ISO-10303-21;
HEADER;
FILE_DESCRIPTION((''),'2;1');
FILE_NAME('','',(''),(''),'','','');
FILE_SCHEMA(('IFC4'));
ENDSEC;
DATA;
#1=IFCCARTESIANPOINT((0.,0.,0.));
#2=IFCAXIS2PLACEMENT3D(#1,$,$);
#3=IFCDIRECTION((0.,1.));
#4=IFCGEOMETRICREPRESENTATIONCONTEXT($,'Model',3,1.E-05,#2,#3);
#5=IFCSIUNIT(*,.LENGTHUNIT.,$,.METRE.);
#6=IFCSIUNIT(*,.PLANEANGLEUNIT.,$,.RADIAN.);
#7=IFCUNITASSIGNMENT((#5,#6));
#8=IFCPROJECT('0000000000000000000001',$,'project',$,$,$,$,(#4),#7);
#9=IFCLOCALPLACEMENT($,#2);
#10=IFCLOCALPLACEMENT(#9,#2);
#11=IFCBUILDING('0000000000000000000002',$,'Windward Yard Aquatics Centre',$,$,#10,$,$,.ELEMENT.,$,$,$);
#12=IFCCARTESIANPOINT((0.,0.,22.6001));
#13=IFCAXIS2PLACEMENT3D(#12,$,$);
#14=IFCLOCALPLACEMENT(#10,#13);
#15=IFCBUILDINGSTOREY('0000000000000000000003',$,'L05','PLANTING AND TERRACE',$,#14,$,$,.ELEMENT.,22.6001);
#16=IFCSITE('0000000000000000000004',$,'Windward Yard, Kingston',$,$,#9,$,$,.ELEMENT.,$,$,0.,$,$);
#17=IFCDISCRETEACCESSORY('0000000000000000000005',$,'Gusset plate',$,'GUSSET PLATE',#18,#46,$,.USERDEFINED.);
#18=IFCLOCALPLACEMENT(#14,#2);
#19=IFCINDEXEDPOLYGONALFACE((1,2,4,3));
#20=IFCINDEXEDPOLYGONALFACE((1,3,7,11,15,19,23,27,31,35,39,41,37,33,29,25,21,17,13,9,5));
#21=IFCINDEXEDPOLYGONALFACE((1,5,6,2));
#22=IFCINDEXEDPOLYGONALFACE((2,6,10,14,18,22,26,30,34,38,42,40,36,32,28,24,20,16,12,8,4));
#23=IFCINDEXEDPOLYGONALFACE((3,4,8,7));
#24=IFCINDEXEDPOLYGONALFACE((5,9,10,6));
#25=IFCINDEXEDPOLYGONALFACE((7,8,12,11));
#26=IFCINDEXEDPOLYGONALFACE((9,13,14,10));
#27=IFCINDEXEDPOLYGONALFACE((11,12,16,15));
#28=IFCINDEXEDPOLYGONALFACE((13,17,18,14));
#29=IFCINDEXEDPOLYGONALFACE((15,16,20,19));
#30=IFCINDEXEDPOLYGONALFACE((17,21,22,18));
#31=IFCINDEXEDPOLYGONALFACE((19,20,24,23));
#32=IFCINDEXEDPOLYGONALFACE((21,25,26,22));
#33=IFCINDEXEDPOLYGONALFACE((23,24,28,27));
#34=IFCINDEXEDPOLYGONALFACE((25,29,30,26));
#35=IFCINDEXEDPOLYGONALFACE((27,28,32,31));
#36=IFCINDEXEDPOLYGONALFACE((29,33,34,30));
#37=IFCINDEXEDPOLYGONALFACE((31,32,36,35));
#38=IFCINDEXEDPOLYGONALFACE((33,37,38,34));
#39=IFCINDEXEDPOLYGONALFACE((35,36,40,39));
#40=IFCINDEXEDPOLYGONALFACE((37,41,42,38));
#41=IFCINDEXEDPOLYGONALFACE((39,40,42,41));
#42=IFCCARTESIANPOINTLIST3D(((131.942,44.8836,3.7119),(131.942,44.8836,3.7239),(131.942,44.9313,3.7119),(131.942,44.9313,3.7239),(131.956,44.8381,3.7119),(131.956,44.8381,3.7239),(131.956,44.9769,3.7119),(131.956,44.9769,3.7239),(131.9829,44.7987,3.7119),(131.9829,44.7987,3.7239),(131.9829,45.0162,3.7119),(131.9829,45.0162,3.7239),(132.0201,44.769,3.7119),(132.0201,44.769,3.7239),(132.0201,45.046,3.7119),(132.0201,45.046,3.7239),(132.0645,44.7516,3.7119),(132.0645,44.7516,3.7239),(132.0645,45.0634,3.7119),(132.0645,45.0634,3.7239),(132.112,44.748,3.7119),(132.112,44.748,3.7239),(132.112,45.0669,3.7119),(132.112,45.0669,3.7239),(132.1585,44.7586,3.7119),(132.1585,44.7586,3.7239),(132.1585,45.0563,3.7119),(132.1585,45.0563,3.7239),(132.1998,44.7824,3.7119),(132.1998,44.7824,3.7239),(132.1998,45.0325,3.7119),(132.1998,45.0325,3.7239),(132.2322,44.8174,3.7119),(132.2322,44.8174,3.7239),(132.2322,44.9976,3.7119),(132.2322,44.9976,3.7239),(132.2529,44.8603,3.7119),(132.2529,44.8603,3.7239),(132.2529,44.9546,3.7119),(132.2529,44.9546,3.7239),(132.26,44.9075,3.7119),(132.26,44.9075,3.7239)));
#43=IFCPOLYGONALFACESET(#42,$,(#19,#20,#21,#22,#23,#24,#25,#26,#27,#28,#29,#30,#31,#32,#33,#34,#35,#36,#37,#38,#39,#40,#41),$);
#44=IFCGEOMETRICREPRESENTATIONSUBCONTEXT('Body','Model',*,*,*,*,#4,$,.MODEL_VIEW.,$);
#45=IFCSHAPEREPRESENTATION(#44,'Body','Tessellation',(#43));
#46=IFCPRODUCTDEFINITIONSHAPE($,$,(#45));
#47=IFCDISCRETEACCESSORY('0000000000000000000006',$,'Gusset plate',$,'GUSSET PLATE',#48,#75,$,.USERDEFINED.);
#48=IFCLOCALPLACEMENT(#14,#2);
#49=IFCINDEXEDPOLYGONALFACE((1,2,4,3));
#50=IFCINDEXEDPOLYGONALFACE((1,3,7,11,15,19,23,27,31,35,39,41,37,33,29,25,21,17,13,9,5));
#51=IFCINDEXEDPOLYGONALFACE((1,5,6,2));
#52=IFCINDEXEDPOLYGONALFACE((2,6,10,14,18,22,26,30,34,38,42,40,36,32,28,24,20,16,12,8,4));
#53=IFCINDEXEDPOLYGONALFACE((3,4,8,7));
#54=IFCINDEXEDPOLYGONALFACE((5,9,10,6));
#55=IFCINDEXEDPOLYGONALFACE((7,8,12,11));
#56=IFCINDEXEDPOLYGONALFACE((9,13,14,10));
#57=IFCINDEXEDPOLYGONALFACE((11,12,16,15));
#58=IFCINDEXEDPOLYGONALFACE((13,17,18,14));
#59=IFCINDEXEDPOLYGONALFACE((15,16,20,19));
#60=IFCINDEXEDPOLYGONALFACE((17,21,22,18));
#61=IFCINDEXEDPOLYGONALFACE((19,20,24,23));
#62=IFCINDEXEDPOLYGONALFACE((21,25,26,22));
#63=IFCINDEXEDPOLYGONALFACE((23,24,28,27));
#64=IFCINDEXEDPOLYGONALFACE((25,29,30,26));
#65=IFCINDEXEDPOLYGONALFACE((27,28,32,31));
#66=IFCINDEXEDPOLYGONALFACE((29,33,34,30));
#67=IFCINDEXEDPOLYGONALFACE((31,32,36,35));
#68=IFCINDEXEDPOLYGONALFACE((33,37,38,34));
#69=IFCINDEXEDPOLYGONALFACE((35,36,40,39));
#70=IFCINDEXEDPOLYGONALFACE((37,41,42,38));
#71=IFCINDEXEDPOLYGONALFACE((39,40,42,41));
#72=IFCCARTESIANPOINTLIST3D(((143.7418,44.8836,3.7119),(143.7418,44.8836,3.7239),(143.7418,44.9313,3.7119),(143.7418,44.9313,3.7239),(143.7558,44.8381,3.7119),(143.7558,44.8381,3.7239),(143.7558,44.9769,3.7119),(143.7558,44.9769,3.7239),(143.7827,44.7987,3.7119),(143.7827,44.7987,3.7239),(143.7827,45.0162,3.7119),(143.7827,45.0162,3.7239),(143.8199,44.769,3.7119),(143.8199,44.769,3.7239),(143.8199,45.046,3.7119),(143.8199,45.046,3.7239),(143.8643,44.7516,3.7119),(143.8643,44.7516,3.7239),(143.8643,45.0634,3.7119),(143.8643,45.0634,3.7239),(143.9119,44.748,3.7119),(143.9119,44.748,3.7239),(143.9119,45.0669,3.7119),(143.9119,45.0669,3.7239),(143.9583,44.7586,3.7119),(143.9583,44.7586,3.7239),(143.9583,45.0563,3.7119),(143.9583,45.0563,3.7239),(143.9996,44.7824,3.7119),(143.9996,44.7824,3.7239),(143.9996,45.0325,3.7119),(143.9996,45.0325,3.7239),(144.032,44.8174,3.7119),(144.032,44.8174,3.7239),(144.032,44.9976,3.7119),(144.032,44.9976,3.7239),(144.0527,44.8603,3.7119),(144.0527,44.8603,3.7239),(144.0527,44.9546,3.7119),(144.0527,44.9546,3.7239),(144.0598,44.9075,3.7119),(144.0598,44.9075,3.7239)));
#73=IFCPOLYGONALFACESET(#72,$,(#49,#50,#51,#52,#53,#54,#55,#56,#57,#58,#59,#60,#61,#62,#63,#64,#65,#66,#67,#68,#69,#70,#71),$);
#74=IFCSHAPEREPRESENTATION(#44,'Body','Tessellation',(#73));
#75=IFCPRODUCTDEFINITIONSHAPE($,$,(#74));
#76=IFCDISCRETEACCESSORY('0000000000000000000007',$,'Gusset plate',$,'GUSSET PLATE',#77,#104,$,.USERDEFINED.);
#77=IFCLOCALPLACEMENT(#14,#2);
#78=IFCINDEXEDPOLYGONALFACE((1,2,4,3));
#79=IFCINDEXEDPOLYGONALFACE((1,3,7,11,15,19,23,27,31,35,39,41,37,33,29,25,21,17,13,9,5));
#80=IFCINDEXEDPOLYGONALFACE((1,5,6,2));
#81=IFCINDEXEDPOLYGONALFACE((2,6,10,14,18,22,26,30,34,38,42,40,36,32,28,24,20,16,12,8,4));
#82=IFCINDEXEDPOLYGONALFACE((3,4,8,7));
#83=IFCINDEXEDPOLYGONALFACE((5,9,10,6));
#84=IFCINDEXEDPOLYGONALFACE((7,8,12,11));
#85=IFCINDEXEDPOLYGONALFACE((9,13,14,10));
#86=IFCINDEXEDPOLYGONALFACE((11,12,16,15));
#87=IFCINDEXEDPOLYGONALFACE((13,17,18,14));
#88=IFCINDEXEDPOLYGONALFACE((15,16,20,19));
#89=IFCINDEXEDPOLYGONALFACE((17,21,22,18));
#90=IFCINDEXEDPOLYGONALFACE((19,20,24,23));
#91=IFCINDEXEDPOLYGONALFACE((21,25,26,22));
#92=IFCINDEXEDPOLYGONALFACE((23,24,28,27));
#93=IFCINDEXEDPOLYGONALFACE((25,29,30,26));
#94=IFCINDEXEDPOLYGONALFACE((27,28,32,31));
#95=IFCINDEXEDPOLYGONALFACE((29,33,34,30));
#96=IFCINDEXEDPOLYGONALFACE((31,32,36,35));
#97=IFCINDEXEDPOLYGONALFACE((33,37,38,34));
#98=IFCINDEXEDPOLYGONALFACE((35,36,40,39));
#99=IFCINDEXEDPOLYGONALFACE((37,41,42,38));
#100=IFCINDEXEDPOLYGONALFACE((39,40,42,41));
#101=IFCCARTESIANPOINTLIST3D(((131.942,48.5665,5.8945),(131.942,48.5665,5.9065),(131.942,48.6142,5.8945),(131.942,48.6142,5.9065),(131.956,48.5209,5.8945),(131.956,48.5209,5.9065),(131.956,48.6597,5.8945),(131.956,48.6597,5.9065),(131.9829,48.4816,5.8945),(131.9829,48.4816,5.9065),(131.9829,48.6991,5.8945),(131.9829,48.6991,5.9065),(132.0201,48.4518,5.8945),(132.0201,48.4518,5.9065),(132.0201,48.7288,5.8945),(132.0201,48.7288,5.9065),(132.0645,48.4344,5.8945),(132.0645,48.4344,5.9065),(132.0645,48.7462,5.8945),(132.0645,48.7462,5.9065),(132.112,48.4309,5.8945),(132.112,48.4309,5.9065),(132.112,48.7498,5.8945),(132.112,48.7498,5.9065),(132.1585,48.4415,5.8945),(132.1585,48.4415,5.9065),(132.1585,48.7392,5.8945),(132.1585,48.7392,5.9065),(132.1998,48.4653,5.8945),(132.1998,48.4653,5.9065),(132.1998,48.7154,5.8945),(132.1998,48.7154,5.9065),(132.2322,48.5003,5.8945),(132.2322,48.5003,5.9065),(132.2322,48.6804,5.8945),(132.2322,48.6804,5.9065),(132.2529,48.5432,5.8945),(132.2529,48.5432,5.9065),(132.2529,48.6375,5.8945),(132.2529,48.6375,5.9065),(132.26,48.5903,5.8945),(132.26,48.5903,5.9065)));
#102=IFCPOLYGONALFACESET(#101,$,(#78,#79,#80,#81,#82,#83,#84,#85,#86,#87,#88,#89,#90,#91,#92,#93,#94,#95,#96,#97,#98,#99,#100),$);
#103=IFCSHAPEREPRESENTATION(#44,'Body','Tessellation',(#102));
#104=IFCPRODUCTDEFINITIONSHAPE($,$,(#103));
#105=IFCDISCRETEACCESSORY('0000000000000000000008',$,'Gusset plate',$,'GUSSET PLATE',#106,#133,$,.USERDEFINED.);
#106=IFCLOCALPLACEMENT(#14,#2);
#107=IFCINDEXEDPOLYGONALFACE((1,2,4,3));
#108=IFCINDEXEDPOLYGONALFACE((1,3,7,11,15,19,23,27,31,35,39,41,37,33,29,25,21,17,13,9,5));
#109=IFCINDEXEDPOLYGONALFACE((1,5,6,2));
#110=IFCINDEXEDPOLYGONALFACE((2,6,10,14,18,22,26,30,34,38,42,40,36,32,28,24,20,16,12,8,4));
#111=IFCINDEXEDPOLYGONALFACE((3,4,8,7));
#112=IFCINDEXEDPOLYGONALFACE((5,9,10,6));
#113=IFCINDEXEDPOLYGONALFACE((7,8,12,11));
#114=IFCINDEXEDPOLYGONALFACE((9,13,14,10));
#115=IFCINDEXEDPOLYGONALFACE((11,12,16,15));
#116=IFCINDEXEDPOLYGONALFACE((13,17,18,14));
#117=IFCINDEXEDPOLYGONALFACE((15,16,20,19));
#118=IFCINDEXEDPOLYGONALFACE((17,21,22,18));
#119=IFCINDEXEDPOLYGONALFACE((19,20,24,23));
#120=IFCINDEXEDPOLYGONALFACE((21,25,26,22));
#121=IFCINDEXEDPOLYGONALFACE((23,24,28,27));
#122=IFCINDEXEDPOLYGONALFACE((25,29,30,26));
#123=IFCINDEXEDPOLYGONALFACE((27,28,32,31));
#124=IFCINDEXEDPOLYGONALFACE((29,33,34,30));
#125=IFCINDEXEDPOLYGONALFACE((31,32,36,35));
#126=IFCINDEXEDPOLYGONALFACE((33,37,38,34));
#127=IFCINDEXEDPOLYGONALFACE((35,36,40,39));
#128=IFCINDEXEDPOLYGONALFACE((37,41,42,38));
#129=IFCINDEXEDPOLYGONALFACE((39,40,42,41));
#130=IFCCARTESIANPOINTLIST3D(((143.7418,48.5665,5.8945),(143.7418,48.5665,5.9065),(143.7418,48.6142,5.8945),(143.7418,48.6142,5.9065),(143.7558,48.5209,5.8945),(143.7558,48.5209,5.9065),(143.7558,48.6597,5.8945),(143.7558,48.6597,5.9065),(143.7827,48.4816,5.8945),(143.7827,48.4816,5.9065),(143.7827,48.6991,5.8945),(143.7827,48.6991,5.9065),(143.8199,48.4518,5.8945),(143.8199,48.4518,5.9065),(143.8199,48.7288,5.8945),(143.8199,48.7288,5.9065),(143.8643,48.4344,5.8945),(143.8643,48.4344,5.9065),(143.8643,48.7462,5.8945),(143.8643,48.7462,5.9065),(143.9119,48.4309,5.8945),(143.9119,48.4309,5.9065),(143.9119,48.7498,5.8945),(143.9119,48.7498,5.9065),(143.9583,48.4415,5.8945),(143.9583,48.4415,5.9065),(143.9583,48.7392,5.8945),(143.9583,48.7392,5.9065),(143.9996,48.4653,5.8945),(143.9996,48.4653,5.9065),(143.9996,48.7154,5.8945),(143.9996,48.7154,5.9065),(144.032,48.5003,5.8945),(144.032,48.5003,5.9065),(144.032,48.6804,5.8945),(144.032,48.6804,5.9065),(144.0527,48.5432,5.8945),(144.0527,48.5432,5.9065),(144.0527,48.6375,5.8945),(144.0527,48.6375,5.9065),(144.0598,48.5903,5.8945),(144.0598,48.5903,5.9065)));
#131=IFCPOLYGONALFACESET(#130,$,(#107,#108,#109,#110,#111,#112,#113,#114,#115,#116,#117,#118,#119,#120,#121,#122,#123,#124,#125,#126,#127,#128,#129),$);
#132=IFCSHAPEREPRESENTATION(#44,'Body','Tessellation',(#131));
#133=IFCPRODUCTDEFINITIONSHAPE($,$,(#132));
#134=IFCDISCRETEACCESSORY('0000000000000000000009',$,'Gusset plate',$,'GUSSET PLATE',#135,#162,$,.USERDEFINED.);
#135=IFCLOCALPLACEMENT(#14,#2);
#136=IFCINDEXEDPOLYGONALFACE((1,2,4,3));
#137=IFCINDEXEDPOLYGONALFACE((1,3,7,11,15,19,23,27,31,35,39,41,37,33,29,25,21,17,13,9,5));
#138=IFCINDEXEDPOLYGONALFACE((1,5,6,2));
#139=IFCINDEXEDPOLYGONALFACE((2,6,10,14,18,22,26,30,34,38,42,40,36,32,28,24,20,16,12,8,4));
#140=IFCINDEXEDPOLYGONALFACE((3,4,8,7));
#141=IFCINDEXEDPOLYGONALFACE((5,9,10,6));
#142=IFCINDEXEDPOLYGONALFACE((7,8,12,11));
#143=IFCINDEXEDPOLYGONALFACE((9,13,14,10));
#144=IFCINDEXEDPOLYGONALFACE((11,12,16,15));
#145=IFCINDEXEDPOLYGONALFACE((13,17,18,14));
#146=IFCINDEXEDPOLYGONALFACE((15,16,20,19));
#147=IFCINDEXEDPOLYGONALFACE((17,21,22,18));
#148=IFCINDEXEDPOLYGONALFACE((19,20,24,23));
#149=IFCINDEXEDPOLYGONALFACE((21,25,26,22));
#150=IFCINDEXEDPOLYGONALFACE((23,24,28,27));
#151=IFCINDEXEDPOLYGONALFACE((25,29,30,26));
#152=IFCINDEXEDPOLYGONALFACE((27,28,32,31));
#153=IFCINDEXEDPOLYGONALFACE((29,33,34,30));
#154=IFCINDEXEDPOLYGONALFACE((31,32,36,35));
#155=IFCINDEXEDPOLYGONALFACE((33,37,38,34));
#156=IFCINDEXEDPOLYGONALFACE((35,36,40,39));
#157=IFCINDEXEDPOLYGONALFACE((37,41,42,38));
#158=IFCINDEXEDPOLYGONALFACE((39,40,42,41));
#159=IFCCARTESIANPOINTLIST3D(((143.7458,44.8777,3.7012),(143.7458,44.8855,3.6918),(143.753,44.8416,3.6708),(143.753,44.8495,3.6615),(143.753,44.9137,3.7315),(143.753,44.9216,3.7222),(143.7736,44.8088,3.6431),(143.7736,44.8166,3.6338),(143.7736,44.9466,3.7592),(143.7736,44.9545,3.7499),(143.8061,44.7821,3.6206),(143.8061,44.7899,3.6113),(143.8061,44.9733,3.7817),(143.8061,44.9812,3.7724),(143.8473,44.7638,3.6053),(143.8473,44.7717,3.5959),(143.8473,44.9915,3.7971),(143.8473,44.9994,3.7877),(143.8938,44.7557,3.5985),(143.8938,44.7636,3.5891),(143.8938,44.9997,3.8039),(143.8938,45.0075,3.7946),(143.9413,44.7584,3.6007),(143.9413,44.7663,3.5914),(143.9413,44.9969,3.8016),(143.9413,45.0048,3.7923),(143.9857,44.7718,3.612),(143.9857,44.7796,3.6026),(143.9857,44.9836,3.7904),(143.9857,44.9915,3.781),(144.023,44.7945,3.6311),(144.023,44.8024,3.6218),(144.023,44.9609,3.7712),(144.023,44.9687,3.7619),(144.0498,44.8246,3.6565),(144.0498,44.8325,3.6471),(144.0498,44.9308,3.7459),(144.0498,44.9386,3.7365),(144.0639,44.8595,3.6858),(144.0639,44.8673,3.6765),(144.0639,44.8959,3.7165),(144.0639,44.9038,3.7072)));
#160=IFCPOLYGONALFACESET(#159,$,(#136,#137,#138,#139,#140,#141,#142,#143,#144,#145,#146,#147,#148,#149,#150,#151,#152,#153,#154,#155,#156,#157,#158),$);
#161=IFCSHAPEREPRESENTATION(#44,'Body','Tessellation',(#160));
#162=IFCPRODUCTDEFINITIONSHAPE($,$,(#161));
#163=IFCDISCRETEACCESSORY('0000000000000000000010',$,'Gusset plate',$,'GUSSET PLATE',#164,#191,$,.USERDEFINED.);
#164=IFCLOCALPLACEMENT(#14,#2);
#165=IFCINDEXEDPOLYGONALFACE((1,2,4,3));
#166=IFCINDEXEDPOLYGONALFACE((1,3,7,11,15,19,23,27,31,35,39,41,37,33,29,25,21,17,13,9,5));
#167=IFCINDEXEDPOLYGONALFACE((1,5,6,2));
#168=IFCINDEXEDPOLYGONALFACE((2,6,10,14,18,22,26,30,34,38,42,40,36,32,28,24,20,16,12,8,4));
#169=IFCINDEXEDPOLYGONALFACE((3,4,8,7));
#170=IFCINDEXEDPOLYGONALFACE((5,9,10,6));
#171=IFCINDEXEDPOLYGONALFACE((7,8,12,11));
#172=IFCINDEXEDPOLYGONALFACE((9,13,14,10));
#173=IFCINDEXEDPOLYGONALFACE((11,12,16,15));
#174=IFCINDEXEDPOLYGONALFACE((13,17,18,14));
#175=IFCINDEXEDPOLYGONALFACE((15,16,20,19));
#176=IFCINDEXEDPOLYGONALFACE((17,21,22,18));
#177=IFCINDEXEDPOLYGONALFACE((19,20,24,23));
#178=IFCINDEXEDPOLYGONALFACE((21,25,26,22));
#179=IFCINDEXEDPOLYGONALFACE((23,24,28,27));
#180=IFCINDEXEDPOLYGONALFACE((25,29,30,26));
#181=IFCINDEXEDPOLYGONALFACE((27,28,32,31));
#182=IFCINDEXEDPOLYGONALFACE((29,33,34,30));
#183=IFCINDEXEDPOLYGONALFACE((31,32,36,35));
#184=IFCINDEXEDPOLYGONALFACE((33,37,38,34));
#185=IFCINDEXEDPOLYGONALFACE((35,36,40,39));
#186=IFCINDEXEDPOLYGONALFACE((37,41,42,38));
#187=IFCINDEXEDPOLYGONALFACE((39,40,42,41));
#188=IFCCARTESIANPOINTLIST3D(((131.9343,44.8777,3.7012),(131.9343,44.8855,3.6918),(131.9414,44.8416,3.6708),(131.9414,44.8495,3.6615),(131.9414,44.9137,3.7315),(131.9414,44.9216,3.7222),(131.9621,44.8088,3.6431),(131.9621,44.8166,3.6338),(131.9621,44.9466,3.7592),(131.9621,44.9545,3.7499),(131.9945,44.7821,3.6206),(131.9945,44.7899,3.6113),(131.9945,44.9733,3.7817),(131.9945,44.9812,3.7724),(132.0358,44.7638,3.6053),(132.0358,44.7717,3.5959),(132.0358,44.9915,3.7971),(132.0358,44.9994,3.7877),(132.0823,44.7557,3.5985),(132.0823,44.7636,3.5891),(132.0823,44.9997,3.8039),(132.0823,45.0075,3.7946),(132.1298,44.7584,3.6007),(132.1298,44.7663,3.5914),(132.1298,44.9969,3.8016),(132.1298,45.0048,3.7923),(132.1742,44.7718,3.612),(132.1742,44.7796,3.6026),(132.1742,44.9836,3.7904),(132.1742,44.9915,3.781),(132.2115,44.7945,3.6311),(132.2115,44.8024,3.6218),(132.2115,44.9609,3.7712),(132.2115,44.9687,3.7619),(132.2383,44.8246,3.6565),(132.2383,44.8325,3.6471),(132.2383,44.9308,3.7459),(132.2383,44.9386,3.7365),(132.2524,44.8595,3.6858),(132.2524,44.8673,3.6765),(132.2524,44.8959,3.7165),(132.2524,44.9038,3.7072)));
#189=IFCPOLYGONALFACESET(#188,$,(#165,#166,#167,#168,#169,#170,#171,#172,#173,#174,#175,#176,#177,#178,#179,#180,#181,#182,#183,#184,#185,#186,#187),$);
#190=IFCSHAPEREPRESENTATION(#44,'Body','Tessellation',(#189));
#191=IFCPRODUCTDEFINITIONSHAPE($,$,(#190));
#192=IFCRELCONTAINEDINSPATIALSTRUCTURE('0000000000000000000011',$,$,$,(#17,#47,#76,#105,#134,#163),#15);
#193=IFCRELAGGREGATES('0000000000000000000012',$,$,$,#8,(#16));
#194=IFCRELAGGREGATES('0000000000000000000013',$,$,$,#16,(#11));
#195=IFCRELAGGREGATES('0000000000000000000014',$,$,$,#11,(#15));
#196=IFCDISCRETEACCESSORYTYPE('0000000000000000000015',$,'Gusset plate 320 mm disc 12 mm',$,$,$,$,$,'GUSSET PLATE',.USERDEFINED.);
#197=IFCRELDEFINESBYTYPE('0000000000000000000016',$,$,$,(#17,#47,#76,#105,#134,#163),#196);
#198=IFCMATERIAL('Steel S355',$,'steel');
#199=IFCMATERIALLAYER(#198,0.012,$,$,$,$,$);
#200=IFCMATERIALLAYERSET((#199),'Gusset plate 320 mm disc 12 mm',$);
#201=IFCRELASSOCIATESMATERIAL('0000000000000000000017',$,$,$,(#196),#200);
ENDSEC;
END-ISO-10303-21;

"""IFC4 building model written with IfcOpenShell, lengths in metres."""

from ifc_helpers import new_model, si_unit, direction, frame, origin, origin_2d, place, context, subcontext, project, spatial, circle, extrude, material, layer, layer_set, type_object, element, save


model = new_model("IFC4")

# Units and contexts
model_context = context("Model", 3, precision=1e-05, world=origin(), true_north=direction((0.0, 1.0)))
body_context = subcontext(model_context, "Body", "Model", "MODEL_VIEW")
ifc_project = project(units=[si_unit("LENGTHUNIT", "METRE"), si_unit("PLANEANGLEUNIT", "RADIAN")], contexts=[model_context])

# Site, building, storey
site_placement = place(None, origin())
site = spatial("IfcSite", under=ifc_project, at=site_placement, Name="Windward Yard, Kingston", CompositionType="ELEMENT", RefElevation=0.0)
building_placement = place(site_placement, origin())
building = spatial("IfcBuilding", under=site, at=building_placement, Name="Windward Yard Aquatics Centre", CompositionType="ELEMENT")
storey_placement = place(building_placement, frame((0.0, 0.0, 22.6001)))
storey = spatial("IfcBuildingStorey", under=building, at=storey_placement, Name="L05", Description="PLANTING AND TERRACE", CompositionType="ELEMENT", Elevation=22.6001)

# Discrete accessories
ifc_material_1 = material(Name="Steel S355", Category="steel")
ifc_layer = layer(ifc_material_1, 0.012)
ifc_layer_set = layer_set([ifc_layer], Name="Gusset plate 320 mm disc 12 mm")
discrete_accessory_type = type_object("IfcDiscreteAccessoryType", Name="Gusset plate 320 mm disc 12 mm", ElementType="GUSSET PLATE", PredefinedType="USERDEFINED", material=ifc_layer_set)
for number, where, z_axis, x_axis, name in (
    (1, (132.1001, 44.9075, 3.7119), (0.0, 0.0, 1.0), (1.0, 0.0, 0.0), "Gusset plate"),
    (2, (143.8999, 44.9075, 3.7119), (0.0, 0.0, 1.0), (1.0, 0.0, 0.0), "Gusset plate"),
    (3, (132.1001, 48.5903, 5.8945), (0.0, 0.0, 1.0), (1.0, 0.0, 0.0), "Gusset plate"),
    (4, (143.8999, 48.5903, 5.8945), (0.0, 0.0, 1.0), (1.0, 0.0, 0.0), "Gusset plate"),
):
    element("IfcDiscreteAccessory", number, at=place(storey_placement, frame(where, z_axis=z_axis, x_axis=x_axis)), inside=storey, type_object=discrete_accessory_type, Name=name, ObjectType="GUSSET PLATE", PredefinedType="USERDEFINED", context=body_context, shape_type="SweptSolid", body=[
        extrude(circle(Radius=0.1599, at=origin_2d()), origin(), (0.0, 0.0, 1.0), 0.012),
    ])
for number, where, z_axis, x_axis, name in (
    (5, (143.9058, 44.8777, 3.7012), (0.0, 0.644136, -0.764911), (-1.0, 0.0, 0.0), "Gusset plate"),
    (6, (132.0942, 44.8777, 3.7012), (0.0, 0.644136, -0.764911), (-1.0, 0.0, 0.0), "Gusset plate"),
):
    element("IfcDiscreteAccessory", number, at=place(storey_placement, frame(where, z_axis=z_axis, x_axis=x_axis)), inside=storey, type_object=discrete_accessory_type, Name=name, ObjectType="GUSSET PLATE", PredefinedType="USERDEFINED", context=body_context, shape_type="SweptSolid", body=[
        extrude(circle(Radius=0.1599, at=origin_2d()), origin(), (0.0, 0.0, 1.0), 0.0122),
    ])

save(model, "model.ifc")
